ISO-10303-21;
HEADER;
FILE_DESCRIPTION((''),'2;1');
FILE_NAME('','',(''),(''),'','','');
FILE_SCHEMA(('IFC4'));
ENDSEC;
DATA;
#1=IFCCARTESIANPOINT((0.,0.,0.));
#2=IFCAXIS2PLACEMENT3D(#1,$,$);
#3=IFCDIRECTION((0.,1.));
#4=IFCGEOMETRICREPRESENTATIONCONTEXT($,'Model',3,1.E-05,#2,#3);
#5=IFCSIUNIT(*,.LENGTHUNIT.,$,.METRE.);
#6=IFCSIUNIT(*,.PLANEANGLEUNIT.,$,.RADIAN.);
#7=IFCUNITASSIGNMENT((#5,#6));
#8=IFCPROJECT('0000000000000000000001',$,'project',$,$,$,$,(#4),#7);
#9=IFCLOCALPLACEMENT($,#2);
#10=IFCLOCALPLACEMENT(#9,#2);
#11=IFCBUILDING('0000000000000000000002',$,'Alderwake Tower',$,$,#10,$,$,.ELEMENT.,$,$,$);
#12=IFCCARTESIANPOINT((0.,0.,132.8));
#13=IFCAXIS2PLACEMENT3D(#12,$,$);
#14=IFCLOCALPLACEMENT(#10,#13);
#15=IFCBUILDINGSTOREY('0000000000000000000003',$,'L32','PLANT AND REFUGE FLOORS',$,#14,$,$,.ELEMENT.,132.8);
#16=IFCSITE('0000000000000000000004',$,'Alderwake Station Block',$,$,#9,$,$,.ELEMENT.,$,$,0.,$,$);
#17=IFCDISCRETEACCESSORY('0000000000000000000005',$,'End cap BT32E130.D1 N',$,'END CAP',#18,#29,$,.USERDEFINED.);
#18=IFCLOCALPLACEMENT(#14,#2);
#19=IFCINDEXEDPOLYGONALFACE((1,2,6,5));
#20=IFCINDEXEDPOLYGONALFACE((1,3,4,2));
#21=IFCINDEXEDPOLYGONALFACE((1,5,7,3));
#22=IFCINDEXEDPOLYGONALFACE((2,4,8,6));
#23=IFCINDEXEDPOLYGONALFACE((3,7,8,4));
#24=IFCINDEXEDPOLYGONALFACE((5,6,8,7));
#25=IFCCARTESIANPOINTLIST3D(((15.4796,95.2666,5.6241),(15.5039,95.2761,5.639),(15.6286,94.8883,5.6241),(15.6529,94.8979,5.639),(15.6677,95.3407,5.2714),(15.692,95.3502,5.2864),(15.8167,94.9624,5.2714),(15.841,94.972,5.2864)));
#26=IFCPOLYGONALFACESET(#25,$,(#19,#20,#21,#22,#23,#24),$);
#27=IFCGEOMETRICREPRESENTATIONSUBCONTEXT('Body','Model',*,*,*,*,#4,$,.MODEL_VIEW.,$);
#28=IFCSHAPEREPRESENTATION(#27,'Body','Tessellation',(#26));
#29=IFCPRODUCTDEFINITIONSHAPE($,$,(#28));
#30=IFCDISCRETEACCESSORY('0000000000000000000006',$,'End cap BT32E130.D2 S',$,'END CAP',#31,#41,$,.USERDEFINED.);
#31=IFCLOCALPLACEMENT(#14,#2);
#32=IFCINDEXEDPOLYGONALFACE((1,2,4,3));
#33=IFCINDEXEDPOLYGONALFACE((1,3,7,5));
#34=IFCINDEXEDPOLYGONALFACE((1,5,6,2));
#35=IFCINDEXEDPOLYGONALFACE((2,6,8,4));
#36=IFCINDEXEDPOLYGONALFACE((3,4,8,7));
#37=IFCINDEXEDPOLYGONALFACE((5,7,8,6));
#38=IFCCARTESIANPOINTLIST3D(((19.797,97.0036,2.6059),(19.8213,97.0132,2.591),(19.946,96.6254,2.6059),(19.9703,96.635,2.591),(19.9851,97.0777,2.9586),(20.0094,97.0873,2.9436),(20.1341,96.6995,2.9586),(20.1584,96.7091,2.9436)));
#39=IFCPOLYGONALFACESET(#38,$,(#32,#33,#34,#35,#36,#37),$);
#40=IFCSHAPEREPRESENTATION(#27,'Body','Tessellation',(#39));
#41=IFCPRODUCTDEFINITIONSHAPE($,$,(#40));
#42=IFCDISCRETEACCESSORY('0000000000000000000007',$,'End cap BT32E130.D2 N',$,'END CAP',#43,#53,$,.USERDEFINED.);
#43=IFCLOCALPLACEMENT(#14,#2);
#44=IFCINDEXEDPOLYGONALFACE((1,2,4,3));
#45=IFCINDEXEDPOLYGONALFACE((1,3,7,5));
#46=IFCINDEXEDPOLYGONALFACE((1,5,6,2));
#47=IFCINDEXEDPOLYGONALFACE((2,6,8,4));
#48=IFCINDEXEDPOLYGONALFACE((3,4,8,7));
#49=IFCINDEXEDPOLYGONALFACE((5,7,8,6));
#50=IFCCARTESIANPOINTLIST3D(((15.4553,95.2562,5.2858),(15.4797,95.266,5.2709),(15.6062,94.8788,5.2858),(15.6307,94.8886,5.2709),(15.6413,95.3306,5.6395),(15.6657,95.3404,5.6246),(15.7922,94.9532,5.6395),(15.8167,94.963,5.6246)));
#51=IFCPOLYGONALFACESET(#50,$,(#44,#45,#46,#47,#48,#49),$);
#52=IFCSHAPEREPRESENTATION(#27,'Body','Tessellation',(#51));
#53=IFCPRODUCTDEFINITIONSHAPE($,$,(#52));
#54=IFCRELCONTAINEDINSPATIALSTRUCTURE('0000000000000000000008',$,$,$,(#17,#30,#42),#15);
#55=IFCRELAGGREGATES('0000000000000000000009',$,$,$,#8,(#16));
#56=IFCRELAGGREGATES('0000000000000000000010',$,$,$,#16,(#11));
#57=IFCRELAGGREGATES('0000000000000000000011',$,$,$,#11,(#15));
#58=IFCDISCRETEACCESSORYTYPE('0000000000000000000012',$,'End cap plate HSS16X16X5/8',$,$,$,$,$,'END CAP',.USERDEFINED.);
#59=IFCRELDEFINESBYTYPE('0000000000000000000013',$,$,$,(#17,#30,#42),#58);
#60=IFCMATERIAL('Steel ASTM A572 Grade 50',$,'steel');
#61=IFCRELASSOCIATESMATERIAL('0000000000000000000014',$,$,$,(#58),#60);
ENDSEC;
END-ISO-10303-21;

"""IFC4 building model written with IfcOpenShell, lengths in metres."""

from ifc_helpers import new_model, si_unit, direction, frame, origin, origin_2d, place, context, subcontext, project, spatial, rectangle, extrude, material, material_profile, profile_set, type_object, element, save


model = new_model("IFC4")

# Units and contexts
model_context = context("Model", 3, precision=1e-05, world=origin(), true_north=direction((0.0, 1.0)))
body_context = subcontext(model_context, "Body", "Model", "MODEL_VIEW")
ifc_project = project(units=[si_unit("LENGTHUNIT", "METRE"), si_unit("PLANEANGLEUNIT", "RADIAN")], contexts=[model_context])

# Site, building, storey
site_placement = place(None, origin())
site = spatial("IfcSite", under=ifc_project, at=site_placement, Name="Alderwake Station Block", CompositionType="ELEMENT", RefElevation=0.0)
building_placement = place(site_placement, origin())
building = spatial("IfcBuilding", under=site, at=building_placement, Name="Alderwake Tower", CompositionType="ELEMENT")
storey_placement = place(building_placement, frame((0.0, 0.0, 132.8)))
storey = spatial("IfcBuildingStorey", under=building, at=storey_placement, Name="L32", Description="PLANT AND REFUGE FLOORS", CompositionType="ELEMENT", Elevation=132.8)

# Discrete accessories
ifc_material_1 = material(Name="Steel ASTM A572 Grade 50", Category="steel")
ifc_material_profile_1 = material_profile(ifc_material_1, rectangle(XDim=0.4065, YDim=0.4065, at=origin_2d()), Name="HSS16X16X5/8 cap")
ifc_profile_set_1 = profile_set([ifc_material_profile_1], Name="Steel ASTM A572 Grade 50")
discrete_accessory_type_1 = type_object("IfcDiscreteAccessoryType", Name="End cap plate HSS16X16X5/8", ElementType="END CAP", PredefinedType="USERDEFINED", material=ifc_profile_set_1)
for number, where, z_axis, x_axis, name in (
    (1, (15.6482, 95.1145, 5.4478), (0.807175, 0.317978, 0.497351), (-0.366525, 0.930408, 0.0), "End cap BT32E130.D1 N"),
    (2, (19.9656, 96.8516, 2.7822), (0.807175, 0.317978, -0.497351), (-0.366525, 0.930408, 0.0), "End cap BT32E130.D2 S"),
):
    element("IfcDiscreteAccessory", number, at=place(storey_placement, frame(where, z_axis=z_axis, x_axis=x_axis)), inside=storey, type_object=discrete_accessory_type_1, Name=name, ObjectType="END CAP", PredefinedType="USERDEFINED", context=body_context, shape_type="SweptSolid", body=[
        extrude(rectangle(XDim=0.4065, YDim=0.4065, at=origin_2d()), origin(), (0.0, 0.0, 1.0), 0.03),
    ])
discrete_accessory_1_placement = place(storey_placement, frame((15.6482, 95.1145, 5.4478), z_axis=(-0.807898, -0.323159, 0.492818), x_axis=(0.371391, -0.928477, 0.0)))
element("IfcDiscreteAccessory", 3, at=discrete_accessory_1_placement, inside=storey, type_object=discrete_accessory_type_1, Name="End cap BT32E130.D2 N", ObjectType="END CAP", PredefinedType="USERDEFINED", context=body_context, shape_type="SweptSolid", body=[
    extrude(rectangle(XDim=0.4065, YDim=0.4065, at=origin_2d()), origin(), (0.0, 0.0, 1.0), 0.0303),
])

save(model, "model.ifc")
